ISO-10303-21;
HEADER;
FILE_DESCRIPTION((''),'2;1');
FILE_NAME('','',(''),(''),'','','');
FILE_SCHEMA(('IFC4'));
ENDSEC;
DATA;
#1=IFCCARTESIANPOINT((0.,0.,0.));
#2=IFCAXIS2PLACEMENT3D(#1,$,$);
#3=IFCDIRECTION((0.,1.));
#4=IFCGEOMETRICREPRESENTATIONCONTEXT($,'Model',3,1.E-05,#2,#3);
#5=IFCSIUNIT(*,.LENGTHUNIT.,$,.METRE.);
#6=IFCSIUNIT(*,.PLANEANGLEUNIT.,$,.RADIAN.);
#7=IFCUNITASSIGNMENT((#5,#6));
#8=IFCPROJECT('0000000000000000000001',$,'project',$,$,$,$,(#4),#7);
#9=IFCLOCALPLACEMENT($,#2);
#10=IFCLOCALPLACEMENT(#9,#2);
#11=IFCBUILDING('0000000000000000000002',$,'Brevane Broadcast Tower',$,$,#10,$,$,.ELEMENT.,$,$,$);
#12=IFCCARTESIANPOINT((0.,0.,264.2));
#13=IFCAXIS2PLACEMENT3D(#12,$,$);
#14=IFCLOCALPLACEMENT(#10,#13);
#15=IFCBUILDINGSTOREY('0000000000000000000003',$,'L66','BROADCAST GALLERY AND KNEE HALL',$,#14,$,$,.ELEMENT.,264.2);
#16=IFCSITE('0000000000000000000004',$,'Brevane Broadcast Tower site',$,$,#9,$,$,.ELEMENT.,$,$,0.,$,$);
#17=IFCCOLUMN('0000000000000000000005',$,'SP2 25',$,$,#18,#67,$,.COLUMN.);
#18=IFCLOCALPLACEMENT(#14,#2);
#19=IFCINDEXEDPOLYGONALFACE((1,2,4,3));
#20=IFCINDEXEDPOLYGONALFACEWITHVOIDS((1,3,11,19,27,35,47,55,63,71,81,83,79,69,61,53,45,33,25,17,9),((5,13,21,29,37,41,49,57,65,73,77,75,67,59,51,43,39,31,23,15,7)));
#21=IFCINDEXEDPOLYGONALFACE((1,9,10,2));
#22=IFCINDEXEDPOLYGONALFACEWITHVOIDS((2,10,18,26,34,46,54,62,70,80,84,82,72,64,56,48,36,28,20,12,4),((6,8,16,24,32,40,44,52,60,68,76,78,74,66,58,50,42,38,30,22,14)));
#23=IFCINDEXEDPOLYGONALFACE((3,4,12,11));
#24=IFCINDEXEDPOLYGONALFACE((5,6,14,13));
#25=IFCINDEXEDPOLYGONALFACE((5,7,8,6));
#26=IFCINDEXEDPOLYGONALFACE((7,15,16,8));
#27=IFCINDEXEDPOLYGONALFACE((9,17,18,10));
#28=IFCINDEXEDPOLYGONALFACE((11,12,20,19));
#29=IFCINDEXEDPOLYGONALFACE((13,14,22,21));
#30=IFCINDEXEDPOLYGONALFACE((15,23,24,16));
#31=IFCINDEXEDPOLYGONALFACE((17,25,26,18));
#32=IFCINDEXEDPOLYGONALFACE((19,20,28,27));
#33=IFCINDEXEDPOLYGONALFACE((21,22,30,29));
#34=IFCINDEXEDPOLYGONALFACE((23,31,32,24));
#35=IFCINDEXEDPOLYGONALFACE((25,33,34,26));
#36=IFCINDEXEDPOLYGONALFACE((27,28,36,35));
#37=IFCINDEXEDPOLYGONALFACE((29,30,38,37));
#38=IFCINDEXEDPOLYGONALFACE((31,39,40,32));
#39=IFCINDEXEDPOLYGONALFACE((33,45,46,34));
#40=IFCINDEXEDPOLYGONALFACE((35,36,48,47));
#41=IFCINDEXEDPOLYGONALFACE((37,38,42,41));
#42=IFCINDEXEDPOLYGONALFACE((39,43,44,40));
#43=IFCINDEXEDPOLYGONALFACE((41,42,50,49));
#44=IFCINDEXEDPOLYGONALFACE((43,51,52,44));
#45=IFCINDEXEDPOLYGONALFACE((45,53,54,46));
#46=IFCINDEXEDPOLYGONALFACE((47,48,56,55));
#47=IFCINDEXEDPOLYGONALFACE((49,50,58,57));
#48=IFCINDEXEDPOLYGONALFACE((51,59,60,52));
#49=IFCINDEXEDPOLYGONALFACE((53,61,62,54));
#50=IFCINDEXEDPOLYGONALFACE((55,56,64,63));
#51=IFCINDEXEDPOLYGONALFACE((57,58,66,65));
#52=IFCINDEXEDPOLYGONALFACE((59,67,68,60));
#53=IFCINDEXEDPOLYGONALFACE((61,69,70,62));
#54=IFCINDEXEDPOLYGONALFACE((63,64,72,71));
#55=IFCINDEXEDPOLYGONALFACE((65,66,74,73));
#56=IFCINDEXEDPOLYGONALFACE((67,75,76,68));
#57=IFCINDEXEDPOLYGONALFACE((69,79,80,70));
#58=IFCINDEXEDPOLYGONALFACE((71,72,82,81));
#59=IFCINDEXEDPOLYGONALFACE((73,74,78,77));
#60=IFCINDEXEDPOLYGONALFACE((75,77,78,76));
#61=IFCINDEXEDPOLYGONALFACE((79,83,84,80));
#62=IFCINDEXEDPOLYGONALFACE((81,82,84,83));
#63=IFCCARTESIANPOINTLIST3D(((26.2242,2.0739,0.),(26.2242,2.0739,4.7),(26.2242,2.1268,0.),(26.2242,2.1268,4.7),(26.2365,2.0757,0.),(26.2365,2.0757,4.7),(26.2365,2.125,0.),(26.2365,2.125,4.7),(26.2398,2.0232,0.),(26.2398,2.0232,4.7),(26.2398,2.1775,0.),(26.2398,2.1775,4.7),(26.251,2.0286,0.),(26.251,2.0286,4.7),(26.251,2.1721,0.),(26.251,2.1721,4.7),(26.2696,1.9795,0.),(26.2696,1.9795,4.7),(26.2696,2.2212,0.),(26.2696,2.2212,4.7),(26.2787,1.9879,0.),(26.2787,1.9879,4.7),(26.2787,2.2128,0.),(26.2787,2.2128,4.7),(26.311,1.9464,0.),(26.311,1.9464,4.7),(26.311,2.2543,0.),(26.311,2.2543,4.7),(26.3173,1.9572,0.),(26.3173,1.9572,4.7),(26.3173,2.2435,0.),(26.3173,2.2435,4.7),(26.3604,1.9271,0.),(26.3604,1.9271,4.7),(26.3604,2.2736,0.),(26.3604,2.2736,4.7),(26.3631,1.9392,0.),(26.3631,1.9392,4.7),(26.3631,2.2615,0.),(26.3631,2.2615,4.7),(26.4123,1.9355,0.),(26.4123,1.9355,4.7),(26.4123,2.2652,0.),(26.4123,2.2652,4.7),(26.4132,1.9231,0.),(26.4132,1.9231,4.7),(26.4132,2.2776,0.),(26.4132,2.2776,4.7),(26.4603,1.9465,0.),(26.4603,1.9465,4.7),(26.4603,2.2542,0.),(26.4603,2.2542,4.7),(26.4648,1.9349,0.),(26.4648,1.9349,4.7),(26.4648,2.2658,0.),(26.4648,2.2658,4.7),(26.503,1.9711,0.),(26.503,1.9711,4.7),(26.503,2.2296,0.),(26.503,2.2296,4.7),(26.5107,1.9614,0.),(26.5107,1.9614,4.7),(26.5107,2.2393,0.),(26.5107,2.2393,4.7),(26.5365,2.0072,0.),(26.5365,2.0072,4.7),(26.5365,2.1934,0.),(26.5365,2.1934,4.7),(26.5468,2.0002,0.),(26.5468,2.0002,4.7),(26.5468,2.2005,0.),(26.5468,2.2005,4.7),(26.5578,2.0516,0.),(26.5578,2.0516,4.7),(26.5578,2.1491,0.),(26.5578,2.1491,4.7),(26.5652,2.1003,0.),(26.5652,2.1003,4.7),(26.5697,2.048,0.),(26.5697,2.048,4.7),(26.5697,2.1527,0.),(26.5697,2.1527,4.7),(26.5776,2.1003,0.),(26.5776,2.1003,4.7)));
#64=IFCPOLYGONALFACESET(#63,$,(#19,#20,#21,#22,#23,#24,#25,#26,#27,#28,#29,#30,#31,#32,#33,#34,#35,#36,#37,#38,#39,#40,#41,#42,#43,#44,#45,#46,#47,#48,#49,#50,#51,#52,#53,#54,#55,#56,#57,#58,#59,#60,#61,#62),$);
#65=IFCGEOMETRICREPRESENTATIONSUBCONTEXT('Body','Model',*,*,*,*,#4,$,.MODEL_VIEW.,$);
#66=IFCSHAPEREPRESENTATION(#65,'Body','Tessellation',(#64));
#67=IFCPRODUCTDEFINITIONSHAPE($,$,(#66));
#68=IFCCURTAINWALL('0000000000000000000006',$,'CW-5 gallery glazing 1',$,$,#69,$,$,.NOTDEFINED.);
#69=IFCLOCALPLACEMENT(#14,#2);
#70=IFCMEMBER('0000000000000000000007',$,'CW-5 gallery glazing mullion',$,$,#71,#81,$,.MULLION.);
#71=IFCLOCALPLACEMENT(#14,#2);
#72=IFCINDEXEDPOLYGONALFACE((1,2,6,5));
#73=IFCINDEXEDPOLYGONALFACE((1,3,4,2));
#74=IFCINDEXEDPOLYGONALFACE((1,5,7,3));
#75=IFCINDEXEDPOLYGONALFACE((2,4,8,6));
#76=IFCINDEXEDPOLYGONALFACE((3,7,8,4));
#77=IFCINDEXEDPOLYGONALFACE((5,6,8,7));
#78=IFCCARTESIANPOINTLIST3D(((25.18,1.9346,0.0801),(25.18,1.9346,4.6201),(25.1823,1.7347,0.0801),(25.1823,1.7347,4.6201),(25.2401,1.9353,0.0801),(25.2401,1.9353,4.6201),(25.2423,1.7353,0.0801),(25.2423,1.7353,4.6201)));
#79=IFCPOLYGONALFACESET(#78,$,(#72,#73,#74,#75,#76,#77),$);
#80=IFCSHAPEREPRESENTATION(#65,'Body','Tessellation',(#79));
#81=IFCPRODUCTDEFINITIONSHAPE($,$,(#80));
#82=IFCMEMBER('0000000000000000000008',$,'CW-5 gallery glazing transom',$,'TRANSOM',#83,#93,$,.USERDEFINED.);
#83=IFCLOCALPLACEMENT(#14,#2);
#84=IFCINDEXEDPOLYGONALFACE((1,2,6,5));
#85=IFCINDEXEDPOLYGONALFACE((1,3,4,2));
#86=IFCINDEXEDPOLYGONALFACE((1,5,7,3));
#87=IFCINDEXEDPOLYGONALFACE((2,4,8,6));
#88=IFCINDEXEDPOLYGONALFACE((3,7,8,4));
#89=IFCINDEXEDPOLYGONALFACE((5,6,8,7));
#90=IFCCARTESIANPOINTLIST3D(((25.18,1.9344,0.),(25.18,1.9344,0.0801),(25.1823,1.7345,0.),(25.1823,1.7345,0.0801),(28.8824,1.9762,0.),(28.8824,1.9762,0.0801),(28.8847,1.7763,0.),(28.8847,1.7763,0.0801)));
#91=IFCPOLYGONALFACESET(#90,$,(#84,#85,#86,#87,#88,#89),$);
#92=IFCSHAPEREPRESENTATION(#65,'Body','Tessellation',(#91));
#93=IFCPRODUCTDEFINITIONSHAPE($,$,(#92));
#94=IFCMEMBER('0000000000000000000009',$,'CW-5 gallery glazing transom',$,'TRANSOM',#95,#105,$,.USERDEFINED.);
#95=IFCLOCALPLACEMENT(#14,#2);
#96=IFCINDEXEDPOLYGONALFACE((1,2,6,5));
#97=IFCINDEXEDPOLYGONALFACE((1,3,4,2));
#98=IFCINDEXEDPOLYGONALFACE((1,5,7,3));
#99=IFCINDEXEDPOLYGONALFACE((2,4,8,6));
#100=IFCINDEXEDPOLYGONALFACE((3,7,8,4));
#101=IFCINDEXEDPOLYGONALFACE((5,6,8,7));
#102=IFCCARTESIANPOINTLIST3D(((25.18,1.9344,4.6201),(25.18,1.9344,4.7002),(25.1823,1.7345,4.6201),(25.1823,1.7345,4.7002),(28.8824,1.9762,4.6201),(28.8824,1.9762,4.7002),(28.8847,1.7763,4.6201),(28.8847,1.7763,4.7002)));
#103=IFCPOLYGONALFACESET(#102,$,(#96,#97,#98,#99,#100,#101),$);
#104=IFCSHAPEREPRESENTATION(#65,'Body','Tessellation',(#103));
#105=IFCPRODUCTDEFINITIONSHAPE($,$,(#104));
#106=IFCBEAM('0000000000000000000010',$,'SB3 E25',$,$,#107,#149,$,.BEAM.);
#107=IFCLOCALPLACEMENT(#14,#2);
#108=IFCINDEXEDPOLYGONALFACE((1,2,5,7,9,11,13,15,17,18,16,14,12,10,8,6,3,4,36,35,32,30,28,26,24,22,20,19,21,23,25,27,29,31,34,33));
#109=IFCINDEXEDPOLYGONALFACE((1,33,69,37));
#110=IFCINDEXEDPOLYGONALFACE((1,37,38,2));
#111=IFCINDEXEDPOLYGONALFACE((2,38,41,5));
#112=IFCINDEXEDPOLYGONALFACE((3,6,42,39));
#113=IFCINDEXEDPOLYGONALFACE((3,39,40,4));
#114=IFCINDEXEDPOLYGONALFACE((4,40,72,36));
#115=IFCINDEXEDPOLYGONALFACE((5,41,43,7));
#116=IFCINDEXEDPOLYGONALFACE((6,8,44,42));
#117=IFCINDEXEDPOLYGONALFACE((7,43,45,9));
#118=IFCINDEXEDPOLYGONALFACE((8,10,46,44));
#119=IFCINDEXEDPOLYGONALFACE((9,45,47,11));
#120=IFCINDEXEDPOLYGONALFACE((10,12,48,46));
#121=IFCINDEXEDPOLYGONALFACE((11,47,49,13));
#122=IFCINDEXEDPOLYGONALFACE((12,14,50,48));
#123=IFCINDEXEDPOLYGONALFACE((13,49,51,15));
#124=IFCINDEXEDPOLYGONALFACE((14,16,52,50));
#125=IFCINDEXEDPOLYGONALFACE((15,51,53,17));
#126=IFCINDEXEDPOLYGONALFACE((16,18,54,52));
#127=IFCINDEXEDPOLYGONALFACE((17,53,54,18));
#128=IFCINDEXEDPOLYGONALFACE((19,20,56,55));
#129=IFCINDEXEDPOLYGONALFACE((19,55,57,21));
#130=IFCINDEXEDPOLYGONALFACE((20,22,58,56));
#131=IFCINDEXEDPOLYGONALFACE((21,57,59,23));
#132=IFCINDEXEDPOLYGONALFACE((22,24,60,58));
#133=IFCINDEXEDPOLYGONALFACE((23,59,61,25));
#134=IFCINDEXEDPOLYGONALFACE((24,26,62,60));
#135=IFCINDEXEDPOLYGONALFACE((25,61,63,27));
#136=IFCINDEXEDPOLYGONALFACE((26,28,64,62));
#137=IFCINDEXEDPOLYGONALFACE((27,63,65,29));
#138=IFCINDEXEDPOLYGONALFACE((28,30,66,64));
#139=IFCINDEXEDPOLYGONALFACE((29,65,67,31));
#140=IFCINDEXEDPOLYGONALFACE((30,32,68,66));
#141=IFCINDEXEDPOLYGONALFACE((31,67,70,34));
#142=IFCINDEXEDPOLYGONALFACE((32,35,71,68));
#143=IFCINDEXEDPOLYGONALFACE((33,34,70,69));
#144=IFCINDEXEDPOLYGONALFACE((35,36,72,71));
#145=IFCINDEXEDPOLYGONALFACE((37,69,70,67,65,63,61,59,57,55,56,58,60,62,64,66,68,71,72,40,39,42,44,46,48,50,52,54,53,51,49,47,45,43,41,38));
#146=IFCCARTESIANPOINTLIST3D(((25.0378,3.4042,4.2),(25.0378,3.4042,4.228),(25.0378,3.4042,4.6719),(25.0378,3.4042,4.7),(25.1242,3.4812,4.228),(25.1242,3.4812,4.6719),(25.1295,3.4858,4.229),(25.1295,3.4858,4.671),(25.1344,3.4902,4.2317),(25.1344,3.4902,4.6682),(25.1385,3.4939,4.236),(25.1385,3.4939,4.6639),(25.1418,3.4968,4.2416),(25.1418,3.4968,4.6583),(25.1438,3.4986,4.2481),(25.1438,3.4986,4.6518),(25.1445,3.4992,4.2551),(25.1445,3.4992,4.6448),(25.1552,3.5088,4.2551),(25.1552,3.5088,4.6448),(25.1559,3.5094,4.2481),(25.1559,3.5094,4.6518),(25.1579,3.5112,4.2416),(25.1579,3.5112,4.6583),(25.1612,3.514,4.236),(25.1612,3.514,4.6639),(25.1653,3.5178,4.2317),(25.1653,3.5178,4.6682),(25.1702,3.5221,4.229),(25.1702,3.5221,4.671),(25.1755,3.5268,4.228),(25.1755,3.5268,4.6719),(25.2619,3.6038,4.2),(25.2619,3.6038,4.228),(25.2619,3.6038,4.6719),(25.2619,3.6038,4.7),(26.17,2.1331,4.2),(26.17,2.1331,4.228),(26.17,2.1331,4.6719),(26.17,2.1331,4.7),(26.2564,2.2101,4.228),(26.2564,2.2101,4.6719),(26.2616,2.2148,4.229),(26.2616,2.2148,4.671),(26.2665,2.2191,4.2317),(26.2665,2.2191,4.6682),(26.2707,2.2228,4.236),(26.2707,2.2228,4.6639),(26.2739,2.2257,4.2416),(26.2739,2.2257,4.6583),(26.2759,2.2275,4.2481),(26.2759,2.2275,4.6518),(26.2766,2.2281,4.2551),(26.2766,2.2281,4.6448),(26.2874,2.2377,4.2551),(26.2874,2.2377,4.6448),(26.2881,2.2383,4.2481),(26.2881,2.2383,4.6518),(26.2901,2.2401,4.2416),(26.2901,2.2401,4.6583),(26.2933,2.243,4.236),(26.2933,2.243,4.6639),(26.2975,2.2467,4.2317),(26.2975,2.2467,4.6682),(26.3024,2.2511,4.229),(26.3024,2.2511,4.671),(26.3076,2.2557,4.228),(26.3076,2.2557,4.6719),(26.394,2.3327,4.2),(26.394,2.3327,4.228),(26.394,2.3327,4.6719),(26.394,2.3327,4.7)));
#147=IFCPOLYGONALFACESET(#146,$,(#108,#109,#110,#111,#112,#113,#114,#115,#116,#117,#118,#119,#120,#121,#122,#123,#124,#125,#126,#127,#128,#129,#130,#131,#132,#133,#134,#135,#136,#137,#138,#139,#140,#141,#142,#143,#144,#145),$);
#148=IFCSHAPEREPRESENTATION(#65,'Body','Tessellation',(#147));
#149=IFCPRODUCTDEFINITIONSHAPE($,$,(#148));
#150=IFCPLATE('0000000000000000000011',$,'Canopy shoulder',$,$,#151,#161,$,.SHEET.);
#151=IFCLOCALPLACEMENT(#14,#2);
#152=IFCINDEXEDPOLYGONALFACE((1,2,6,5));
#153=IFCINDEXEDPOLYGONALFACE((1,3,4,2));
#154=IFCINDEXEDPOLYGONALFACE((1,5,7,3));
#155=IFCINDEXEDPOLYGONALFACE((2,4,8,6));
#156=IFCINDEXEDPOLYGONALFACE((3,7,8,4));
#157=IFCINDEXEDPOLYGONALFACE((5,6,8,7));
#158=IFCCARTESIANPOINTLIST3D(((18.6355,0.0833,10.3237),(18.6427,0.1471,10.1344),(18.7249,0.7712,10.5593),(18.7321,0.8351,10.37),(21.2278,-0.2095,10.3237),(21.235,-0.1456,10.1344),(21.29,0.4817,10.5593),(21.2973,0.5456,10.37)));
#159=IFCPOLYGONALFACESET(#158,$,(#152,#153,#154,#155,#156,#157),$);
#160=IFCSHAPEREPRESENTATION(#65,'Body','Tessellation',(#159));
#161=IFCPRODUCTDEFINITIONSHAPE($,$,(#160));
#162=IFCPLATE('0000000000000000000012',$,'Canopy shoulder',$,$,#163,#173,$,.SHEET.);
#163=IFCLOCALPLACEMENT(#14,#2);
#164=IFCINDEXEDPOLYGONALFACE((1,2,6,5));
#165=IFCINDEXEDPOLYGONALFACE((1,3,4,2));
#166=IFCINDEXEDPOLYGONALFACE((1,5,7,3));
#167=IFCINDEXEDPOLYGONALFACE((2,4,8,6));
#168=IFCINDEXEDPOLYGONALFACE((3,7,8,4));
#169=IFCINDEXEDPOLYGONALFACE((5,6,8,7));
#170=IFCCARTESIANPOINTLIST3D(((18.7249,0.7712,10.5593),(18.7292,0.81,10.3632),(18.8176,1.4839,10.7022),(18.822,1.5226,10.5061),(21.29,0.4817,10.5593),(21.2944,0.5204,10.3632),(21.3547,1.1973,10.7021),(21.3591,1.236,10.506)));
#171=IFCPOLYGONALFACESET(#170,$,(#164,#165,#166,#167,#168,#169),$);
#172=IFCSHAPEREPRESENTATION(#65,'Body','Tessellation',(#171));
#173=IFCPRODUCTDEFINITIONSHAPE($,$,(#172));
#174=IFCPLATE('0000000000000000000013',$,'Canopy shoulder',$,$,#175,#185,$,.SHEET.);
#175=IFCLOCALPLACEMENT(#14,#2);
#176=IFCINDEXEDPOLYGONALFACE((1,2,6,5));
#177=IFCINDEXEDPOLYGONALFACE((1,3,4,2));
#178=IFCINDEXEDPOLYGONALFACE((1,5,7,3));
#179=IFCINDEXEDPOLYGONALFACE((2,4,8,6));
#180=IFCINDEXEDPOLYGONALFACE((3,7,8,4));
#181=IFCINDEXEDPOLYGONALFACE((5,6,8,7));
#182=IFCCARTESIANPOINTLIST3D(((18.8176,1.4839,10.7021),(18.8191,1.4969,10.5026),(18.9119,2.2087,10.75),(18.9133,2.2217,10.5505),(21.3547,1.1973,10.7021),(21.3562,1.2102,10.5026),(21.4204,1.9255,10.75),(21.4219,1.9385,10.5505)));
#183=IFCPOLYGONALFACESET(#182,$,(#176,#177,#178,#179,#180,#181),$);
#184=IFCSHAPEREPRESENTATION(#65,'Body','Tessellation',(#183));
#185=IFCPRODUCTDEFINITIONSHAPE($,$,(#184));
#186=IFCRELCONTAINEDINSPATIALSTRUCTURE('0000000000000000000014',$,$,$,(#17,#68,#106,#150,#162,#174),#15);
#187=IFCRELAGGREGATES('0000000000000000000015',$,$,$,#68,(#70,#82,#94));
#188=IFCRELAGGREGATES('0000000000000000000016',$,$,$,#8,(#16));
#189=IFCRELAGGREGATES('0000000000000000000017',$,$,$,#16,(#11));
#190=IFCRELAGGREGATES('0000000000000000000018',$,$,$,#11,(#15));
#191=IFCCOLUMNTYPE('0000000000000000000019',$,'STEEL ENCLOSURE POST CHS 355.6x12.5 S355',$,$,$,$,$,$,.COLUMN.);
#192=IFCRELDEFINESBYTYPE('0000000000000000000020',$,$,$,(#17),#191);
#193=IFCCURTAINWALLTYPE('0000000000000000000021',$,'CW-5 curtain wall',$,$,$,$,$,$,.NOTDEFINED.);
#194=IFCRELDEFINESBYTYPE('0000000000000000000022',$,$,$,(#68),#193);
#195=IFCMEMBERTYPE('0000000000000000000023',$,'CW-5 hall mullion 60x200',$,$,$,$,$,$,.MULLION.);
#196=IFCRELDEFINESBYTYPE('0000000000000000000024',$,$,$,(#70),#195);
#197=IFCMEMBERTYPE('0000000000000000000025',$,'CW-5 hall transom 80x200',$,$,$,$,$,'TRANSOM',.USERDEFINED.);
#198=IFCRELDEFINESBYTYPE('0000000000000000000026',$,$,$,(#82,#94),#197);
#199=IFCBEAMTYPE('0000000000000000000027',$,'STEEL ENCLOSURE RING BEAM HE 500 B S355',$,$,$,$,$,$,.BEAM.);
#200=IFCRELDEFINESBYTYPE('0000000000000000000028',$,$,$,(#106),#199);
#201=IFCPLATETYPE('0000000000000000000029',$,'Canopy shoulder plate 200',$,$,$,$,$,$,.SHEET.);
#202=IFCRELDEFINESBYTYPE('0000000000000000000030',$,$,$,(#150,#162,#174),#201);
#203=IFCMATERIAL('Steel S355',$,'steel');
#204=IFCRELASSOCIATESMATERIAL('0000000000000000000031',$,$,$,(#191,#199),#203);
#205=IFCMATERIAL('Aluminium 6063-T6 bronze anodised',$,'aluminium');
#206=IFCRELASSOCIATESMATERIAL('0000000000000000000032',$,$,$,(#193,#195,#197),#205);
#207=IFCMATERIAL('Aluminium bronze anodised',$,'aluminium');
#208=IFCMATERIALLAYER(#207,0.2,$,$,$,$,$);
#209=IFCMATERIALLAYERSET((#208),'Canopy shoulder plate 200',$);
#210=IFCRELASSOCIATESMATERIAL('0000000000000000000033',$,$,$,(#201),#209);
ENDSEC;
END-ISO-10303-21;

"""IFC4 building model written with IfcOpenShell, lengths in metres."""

from ifc_helpers import new_model, si_unit, direction, frame, origin, origin_2d, place, context, subcontext, project, spatial, polyline, rectangle, hollow_circle, i_section, outline, extrude, material, layer, layer_set, material_profile, profile_set, type_object, element, aggregate, save


model = new_model("IFC4")

# Units and contexts
model_context = context("Model", 3, precision=1e-05, world=origin(), true_north=direction((0.0, 1.0)))
body_context = subcontext(model_context, "Body", "Model", "MODEL_VIEW")
ifc_project = project(units=[si_unit("LENGTHUNIT", "METRE"), si_unit("PLANEANGLEUNIT", "RADIAN")], contexts=[model_context])

# Site, building, storey
site_placement = place(None, origin())
site = spatial("IfcSite", under=ifc_project, at=site_placement, Name="Brevane Broadcast Tower site", CompositionType="ELEMENT", RefElevation=0.0)
building_placement = place(site_placement, origin())
building = spatial("IfcBuilding", under=site, at=building_placement, Name="Brevane Broadcast Tower", CompositionType="ELEMENT")
storey_placement = place(building_placement, frame((0.0, 0.0, 264.2)))
storey = spatial("IfcBuildingStorey", under=building, at=storey_placement, Name="L66", Description="BROADCAST GALLERY AND KNEE HALL", CompositionType="ELEMENT", Elevation=264.2)

# Column
ifc_material_1 = material(Name="Steel S355", Category="steel")
ifc_material_profile_1 = material_profile(ifc_material_1, hollow_circle(Radius=0.1777, WallThickness=0.0125, at=origin_2d()), Name="CHS 355.6x12.5")
ifc_profile_set_1 = profile_set([ifc_material_profile_1], Name="Steel S355")
column_type = type_object("IfcColumnType", Name="STEEL ENCLOSURE POST CHS 355.6x12.5 S355", PredefinedType="COLUMN", material=ifc_profile_set_1)
column_placement = place(storey_placement, frame((26.3999, 2.1003, 0.0), z_axis=(0.0, 0.0, 1.0), x_axis=(1.0, 0.0, 0.0)))
element("IfcColumn", 1, at=column_placement, inside=storey, type_object=column_type, Name="SP2 25", PredefinedType="COLUMN", context=body_context, shape_type="SweptSolid", body=[
    extrude(hollow_circle(Radius=0.1777, WallThickness=0.0125, at=origin_2d()), origin(), (0.0, 0.0, 1.0), 4.7),
])

# Curtain wall, members
ifc_material_2 = material(Name="Aluminium 6063-T6 bronze anodised", Category="aluminium")
curtain_wall_type = type_object("IfcCurtainWallType", Name="CW-5 curtain wall", PredefinedType="NOTDEFINED", material=ifc_material_2)
curtain_wall_placement = place(storey_placement, origin())
curtain_wall = element("IfcCurtainWall", 2, at=curtain_wall_placement, inside=storey, type_object=curtain_wall_type, Name="CW-5 gallery glazing 1", PredefinedType="NOTDEFINED")
ifc_material_profile_2 = material_profile(ifc_material_2, rectangle(XDim=0.2, YDim=0.0601, at=origin_2d()), Name="RECT 60x200")
ifc_profile_set_2 = profile_set([ifc_material_profile_2], Name="Aluminium 6063-T6 bronze anodised")
member_type_1 = type_object("IfcMemberType", Name="CW-5 hall mullion 60x200", PredefinedType="MULLION", material=ifc_profile_set_2)
member_1_placement = place(storey_placement, frame((25.2112, 1.835, 0.0801), z_axis=(0.0, 0.0, 1.0), x_axis=(-0.011244, 0.999937, 0.0)))
member_1 = element("IfcMember", 3, at=member_1_placement, type_object=member_type_1, Name="CW-5 gallery glazing mullion", PredefinedType="MULLION", context=body_context, shape_type="SweptSolid", body=[
    extrude(rectangle(XDim=0.2, YDim=0.0601, at=origin_2d()), origin(), (0.0, 0.0, 1.0), 4.54),
])
ifc_material_profile_3 = material_profile(ifc_material_2, rectangle(XDim=0.2, YDim=0.0801, at=origin_2d()), Name="RECT 80x200")
ifc_profile_set_3 = profile_set([ifc_material_profile_3], Name="Aluminium 6063-T6 bronze anodised")
member_type_2 = type_object("IfcMemberType", Name="CW-5 hall transom 80x200", ElementType="TRANSOM", PredefinedType="USERDEFINED", material=ifc_profile_set_3)
member_2_placement = place(storey_placement, frame((25.1812, 1.8345, 0.04), z_axis=(0.999936, 0.011275, 0.0), x_axis=(-0.011275, 0.999936, 0.0)))
member_2 = element("IfcMember", 4, at=member_2_placement, type_object=member_type_2, Name="CW-5 gallery glazing transom", ObjectType="TRANSOM", PredefinedType="USERDEFINED", context=body_context, shape_type="SweptSolid", body=[
    extrude(rectangle(XDim=0.2, YDim=0.0801, at=origin_2d()), origin(), (0.0, 0.0, 1.0), 3.7026),
])
member_3_placement = place(storey_placement, frame((25.1812, 1.8345, 4.6602), z_axis=(0.999936, 0.011275, 0.0), x_axis=(-0.011275, 0.999936, 0.0)))
member_3 = element("IfcMember", 5, at=member_3_placement, type_object=member_type_2, Name="CW-5 gallery glazing transom", ObjectType="TRANSOM", PredefinedType="USERDEFINED", context=body_context, shape_type="SweptSolid", body=[
    extrude(rectangle(XDim=0.2, YDim=0.0801, at=origin_2d()), origin(), (0.0, 0.0, 1.0), 3.7026),
])
aggregate(curtain_wall, [member_1, member_2, member_3])

# Beam
ifc_material_profile_4 = material_profile(ifc_material_1, i_section(OverallWidth=0.3, OverallDepth=0.5, WebThickness=0.0144, FlangeThickness=0.0281, FilletRadius=0.0271, at=origin_2d()), Name="HE 500 B")
ifc_profile_set_4 = profile_set([ifc_material_profile_4], Name="Steel S355")
beam_type = type_object("IfcBeamType", Name="STEEL ENCLOSURE RING BEAM HE 500 B S355", PredefinedType="BEAM", material=ifc_profile_set_4)
beam_placement = place(storey_placement, frame((26.282, 2.2329, 4.45), z_axis=(-0.66512, 0.746736, 0.0), x_axis=(-0.746736, -0.66512, 0.0)))
element("IfcBeam", 6, at=beam_placement, inside=storey, type_object=beam_type, Name="SB3 E25", PredefinedType="BEAM", context=body_context, shape_type="SweptSolid", body=[
    extrude(i_section(OverallWidth=0.3, OverallDepth=0.5, WebThickness=0.0144, FlangeThickness=0.0281, FilletRadius=0.0271, at=origin_2d()), origin(), (0.0, 0.0, 1.0), 1.7021),
])

# Plates
ifc_material_3 = material(Name="Aluminium bronze anodised", Category="aluminium")
ifc_layer_1 = layer(ifc_material_3, 0.2)
ifc_layer_set_1 = layer_set([ifc_layer_1], Name="Canopy shoulder plate 200")
plate_type = type_object("IfcPlateType", Name="Canopy shoulder plate 200", PredefinedType="SHEET", material=ifc_layer_set_1)
plate_1_placement = place(storey_placement, frame((18.6355, 0.0833, 10.3237), z_axis=(-0.036076, -0.319541, 0.946886), x_axis=(0.993685, -0.112206, -0.000007)))
element("IfcPlate", 7, at=plate_1_placement, inside=storey, type_object=plate_type, Name="Canopy shoulder", PredefinedType="SHEET", context=body_context, shape_type="SweptSolid", body=[
    extrude(outline(polyline([(0.0, 0.0), (2.6088, 0.0), (2.5931, 0.7327), (0.0116, 0.7326), (0.0, 0.0)])), origin(), (0.0, 0.0, -1.0), 0.2),
])
plate_2_placement = place(storey_placement, frame((18.7249, 0.7712, 10.5593), z_axis=(-0.021879, -0.193749, 0.980807), x_axis=(0.993689, -0.112167, 0.000009)))
element("IfcPlate", 8, at=plate_2_placement, inside=storey, type_object=plate_type, Name="Canopy shoulder", PredefinedType="SHEET", context=body_context, shape_type="SweptSolid", body=[
    extrude(outline(polyline([(0.0, 0.0), (2.5815, 0.0), (2.5655, 0.7324), (0.0123, 0.7326), (0.0, 0.0)])), origin(), (0.0, 0.0, -1.0), 0.2),
])
plate_3_placement = place(storey_placement, frame((18.8176, 1.4839, 10.7021), z_axis=(-0.007331, -0.064913, 0.997864), x_axis=(0.993679, -0.112257, -0.000002)))
element("IfcPlate", 9, at=plate_3_placement, inside=storey, type_object=plate_type, Name="Canopy shoulder", PredefinedType="SHEET", context=body_context, shape_type="SweptSolid", body=[
    extrude(outline(polyline([(0.0, 0.0), (2.5532, 0.0), (2.5368, 0.7326), (0.0123, 0.7324), (0.0, 0.0)])), origin(), (0.0, 0.0, -1.0), 0.2),
])

save(model, "model.ifc")
